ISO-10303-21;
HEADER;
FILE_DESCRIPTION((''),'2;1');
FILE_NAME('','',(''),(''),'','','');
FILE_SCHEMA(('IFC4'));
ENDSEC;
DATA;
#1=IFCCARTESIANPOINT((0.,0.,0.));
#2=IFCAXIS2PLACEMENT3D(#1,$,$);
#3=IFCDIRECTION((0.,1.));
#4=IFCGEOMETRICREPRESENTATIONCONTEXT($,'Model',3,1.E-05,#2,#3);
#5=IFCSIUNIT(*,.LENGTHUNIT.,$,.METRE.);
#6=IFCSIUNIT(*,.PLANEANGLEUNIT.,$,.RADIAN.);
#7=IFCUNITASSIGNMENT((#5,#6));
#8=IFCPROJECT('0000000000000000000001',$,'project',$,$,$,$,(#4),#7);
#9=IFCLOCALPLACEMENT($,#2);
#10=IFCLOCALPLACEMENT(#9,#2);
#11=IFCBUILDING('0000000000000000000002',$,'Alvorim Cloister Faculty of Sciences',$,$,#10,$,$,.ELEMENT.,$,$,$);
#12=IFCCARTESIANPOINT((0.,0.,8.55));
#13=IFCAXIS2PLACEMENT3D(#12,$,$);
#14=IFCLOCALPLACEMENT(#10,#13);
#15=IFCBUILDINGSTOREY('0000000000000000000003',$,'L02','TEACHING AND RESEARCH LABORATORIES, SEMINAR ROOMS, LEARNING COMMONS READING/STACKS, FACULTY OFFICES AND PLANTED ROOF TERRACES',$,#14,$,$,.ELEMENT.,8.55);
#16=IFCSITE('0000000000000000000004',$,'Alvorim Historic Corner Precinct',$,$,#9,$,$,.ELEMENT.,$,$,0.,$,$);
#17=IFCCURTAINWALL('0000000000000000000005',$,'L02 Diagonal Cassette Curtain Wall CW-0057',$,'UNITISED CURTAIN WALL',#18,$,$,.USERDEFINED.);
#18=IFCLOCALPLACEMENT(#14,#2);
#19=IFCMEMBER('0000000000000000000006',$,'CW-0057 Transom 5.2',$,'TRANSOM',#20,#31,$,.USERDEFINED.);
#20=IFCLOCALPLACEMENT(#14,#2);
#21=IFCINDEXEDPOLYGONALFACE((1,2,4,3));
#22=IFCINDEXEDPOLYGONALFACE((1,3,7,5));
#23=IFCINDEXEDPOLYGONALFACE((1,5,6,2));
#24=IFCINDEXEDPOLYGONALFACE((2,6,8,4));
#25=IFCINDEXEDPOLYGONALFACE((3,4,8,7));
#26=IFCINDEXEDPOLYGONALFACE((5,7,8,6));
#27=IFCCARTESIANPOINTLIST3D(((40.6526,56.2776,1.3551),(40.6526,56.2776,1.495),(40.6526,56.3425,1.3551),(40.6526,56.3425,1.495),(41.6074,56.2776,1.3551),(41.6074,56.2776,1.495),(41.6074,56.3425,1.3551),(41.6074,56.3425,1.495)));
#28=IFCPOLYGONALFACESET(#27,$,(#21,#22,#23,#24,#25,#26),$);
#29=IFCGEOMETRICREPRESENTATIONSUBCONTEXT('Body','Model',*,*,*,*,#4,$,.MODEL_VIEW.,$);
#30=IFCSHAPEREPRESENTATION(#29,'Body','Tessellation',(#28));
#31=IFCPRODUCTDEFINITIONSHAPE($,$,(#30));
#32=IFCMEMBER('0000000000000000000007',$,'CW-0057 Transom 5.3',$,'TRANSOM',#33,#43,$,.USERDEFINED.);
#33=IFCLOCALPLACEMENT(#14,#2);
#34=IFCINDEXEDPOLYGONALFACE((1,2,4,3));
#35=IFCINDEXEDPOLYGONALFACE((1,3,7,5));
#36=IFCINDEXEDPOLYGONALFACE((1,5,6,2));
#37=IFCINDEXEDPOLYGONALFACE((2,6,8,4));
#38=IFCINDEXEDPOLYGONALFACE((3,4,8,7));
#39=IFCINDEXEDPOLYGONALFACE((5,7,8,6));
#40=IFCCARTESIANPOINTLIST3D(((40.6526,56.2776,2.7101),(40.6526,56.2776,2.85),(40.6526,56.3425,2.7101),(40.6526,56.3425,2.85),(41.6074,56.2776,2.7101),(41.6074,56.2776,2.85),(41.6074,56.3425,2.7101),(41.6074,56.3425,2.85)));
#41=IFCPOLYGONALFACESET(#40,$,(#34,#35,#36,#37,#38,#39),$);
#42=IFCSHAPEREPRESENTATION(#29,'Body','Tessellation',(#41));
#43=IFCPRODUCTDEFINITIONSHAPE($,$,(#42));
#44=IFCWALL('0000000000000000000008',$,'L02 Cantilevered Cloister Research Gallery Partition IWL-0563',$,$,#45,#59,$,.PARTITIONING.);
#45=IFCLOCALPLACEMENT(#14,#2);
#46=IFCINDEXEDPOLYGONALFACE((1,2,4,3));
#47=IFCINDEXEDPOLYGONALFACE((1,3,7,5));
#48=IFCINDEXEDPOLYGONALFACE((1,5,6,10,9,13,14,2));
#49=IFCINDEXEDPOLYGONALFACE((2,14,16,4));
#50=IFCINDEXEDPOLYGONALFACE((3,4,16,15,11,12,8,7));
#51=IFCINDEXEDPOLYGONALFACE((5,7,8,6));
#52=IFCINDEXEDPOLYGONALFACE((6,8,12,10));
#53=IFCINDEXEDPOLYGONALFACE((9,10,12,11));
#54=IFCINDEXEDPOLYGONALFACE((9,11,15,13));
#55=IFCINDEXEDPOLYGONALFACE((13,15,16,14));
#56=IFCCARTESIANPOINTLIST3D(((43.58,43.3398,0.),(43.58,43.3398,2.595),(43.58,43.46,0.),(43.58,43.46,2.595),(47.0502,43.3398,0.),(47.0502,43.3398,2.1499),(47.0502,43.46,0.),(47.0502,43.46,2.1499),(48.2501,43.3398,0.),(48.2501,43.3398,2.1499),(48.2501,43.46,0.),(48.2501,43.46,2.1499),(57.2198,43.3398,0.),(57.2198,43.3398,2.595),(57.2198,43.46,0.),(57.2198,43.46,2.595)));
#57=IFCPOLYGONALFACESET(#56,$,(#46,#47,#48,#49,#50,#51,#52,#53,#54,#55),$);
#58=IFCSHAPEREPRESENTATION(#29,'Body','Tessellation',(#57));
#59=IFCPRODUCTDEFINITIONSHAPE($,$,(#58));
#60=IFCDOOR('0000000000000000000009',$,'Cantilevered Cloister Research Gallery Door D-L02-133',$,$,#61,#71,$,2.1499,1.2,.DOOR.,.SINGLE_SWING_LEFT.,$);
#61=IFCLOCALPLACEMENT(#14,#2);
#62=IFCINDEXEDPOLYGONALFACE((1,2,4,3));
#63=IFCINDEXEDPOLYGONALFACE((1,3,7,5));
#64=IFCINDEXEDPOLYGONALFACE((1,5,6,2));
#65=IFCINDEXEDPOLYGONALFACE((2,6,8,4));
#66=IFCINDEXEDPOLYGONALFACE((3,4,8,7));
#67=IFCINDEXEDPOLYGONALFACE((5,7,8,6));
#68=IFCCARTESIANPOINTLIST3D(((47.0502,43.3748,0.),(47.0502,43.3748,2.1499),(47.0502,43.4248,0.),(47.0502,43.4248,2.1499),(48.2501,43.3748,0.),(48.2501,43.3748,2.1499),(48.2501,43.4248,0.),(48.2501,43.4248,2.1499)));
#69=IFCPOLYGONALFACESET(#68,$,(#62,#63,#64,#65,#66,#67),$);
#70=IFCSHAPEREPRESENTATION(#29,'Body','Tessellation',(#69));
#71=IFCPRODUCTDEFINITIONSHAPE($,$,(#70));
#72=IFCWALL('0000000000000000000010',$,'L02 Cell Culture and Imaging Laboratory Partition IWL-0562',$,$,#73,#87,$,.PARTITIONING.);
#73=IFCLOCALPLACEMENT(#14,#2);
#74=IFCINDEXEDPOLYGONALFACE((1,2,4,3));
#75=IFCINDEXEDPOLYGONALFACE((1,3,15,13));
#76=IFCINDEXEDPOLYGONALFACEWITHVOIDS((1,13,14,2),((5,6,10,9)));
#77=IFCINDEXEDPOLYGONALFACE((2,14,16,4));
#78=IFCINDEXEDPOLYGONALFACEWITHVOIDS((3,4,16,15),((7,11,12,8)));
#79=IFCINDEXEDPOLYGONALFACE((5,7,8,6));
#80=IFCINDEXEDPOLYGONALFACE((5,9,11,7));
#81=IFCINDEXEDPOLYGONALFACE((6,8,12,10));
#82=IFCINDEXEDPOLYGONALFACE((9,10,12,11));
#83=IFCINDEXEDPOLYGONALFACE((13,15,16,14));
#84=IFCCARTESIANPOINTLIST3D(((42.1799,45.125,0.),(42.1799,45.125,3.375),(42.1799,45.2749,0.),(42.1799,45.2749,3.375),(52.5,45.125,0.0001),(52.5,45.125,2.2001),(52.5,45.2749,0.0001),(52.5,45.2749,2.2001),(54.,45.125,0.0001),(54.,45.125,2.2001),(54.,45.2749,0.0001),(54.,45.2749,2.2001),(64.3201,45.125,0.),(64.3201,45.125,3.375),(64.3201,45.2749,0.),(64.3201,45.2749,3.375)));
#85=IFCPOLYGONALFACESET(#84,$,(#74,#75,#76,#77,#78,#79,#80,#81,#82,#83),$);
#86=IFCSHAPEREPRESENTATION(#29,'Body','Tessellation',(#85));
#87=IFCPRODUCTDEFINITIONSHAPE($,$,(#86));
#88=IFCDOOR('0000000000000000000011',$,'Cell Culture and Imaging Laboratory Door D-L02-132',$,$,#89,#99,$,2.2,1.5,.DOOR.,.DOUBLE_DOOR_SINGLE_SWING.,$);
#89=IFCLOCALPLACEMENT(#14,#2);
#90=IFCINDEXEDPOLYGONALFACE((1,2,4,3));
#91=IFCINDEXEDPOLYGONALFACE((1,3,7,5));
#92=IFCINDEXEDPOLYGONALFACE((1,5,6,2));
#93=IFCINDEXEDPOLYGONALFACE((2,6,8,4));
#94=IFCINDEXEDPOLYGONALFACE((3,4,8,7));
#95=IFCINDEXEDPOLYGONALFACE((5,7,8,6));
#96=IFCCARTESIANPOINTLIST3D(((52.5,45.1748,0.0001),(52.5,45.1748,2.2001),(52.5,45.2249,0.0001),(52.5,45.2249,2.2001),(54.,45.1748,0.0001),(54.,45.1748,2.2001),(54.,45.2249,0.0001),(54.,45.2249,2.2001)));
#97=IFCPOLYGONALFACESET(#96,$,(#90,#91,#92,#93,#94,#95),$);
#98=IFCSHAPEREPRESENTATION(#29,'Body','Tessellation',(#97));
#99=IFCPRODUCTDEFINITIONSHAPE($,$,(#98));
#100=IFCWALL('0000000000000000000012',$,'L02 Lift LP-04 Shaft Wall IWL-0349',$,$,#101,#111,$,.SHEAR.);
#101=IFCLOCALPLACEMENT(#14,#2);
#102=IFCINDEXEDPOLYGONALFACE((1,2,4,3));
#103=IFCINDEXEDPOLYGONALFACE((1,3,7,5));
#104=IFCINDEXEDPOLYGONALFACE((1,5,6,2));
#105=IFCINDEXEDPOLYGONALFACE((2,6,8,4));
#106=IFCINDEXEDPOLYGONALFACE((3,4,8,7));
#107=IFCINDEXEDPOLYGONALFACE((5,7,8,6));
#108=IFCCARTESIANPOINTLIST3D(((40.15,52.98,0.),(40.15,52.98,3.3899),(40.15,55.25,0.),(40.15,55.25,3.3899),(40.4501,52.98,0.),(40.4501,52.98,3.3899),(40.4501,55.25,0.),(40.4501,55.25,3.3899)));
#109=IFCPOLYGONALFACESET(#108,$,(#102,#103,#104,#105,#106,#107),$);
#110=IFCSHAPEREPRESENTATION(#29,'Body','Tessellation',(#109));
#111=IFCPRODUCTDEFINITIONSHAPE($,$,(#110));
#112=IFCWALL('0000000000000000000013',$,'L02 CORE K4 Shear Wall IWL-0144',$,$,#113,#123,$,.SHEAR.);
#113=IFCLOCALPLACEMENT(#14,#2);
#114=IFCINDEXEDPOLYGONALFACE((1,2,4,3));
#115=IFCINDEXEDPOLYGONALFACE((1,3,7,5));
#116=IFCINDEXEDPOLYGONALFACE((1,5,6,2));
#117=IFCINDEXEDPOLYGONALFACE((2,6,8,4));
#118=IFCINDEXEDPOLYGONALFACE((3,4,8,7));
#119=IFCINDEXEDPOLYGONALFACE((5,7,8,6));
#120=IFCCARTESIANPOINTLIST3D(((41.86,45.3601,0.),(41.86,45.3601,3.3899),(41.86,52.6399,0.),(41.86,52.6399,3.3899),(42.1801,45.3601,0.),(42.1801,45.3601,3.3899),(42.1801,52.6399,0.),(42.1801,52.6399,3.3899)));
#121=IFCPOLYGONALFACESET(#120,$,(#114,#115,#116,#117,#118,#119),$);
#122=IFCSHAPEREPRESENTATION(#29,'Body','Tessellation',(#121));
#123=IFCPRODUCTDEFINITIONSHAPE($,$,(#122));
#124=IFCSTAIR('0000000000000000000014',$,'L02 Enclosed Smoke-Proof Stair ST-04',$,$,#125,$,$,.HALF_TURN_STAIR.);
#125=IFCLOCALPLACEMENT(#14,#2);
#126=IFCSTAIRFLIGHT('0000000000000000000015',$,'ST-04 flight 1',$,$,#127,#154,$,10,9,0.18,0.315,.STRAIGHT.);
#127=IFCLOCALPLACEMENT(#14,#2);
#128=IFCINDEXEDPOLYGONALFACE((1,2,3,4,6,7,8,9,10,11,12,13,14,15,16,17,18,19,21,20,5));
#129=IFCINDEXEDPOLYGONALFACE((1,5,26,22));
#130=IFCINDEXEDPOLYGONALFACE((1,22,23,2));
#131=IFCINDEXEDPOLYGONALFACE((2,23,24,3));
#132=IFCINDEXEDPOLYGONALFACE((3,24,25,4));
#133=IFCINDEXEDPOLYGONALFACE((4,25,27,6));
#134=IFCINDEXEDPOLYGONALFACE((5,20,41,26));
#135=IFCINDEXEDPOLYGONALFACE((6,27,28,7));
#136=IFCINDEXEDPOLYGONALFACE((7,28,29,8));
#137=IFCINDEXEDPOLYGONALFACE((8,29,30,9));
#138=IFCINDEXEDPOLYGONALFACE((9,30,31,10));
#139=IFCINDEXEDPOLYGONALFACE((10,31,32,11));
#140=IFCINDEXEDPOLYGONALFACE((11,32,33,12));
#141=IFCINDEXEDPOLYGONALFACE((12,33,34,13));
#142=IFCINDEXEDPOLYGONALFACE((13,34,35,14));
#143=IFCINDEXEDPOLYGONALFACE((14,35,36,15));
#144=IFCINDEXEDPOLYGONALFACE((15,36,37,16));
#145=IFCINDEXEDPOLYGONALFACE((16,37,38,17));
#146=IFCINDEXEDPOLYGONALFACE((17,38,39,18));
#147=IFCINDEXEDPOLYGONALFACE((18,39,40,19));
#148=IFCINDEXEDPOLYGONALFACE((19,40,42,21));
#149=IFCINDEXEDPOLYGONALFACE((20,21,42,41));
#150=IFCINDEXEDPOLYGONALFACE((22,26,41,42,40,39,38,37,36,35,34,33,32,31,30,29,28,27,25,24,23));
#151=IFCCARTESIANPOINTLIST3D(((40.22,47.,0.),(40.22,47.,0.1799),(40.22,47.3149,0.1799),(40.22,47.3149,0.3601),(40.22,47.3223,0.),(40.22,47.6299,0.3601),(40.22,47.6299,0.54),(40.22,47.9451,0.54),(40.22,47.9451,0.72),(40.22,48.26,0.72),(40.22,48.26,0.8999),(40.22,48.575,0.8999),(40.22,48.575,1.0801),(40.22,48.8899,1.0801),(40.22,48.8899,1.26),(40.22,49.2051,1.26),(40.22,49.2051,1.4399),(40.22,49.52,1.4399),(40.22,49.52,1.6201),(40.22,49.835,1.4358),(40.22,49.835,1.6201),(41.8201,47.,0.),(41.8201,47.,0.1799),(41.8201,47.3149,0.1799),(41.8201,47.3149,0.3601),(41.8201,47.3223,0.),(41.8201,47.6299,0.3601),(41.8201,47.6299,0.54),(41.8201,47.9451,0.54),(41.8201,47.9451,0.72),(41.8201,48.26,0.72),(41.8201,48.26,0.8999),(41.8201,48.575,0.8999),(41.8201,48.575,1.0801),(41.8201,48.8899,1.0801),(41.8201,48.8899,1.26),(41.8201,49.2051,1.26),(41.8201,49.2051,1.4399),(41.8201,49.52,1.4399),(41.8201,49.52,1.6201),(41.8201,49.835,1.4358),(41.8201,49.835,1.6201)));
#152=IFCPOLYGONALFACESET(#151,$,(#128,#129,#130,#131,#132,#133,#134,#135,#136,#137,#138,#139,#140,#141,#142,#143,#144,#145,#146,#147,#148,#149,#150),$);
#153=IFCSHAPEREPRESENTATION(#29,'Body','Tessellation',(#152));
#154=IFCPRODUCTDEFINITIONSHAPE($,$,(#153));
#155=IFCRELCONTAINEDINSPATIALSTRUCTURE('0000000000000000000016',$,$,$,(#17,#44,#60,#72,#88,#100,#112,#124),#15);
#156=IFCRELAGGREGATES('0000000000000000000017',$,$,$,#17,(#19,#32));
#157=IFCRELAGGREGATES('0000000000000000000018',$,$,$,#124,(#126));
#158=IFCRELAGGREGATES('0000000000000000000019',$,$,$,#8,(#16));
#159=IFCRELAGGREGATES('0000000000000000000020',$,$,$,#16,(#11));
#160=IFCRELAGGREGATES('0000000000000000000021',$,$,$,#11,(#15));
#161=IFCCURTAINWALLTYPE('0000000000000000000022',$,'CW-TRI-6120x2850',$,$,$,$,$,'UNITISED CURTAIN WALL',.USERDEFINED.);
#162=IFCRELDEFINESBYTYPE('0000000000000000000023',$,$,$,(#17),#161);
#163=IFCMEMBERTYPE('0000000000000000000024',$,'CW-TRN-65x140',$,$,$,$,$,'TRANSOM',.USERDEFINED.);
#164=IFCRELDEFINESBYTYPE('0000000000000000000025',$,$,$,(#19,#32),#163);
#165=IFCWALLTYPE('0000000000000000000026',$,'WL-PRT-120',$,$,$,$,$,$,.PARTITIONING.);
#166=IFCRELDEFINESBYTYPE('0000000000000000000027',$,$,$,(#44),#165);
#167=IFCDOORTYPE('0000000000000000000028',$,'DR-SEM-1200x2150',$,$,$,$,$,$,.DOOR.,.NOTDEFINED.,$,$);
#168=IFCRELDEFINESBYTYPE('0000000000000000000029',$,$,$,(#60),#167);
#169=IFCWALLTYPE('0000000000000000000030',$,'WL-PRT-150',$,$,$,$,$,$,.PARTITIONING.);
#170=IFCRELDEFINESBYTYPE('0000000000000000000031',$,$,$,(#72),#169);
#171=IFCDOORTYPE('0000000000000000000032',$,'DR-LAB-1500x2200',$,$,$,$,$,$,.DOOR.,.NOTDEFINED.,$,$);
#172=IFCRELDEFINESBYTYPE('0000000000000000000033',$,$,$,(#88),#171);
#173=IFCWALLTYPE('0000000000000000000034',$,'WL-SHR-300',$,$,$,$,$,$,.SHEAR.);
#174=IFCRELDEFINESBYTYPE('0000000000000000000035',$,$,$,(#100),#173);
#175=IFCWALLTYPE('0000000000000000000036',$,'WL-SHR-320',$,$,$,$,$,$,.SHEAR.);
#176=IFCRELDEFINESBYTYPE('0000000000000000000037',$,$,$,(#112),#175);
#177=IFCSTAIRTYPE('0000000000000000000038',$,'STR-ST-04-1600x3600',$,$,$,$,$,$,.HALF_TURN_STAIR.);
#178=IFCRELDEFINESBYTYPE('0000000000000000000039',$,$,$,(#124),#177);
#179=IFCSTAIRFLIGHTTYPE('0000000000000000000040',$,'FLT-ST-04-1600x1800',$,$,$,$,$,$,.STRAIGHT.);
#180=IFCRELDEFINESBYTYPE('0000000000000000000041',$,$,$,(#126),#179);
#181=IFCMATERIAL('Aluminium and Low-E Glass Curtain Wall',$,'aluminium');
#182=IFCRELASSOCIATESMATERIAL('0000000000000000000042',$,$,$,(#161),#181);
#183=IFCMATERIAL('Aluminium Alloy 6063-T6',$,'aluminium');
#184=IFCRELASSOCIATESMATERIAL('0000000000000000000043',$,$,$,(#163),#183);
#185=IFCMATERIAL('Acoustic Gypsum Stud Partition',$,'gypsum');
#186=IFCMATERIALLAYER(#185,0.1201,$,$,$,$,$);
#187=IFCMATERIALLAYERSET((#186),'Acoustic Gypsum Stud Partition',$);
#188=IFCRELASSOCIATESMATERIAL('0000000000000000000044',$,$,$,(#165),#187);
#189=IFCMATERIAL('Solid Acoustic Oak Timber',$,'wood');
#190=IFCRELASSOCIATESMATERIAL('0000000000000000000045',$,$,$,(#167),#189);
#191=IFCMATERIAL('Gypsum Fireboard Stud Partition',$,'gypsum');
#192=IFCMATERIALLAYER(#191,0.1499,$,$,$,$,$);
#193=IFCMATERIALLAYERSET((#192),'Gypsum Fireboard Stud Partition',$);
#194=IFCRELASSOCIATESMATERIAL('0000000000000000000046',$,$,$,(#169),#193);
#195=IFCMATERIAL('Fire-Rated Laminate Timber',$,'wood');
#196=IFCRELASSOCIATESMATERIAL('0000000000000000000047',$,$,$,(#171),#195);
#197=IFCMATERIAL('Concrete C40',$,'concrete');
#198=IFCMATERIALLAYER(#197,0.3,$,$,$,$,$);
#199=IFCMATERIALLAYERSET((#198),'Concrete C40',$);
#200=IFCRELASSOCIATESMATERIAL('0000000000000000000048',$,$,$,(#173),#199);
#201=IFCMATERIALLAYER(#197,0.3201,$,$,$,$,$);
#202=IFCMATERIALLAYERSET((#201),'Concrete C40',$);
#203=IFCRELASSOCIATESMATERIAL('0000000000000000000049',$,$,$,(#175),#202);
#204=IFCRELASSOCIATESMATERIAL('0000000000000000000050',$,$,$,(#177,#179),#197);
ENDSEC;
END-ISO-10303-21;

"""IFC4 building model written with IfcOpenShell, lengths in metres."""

from ifc_helpers import new_model, si_unit, direction, frame, frame_2d, origin, origin_2d, place, context, subcontext, project, spatial, polyline, rectangle, outline, extrude, material, layer, layer_set, material_profile, profile_set, type_object, element, fill, aggregate, save


model = new_model("IFC4")

# Units and contexts
model_context = context("Model", 3, precision=1e-05, world=origin(), true_north=direction((0.0, 1.0)))
body_context = subcontext(model_context, "Body", "Model", "MODEL_VIEW")
ifc_project = project(units=[si_unit("LENGTHUNIT", "METRE"), si_unit("PLANEANGLEUNIT", "RADIAN")], contexts=[model_context])

# Site, building, storey
site_placement = place(None, origin())
site = spatial("IfcSite", under=ifc_project, at=site_placement, Name="Alvorim Historic Corner Precinct", CompositionType="ELEMENT", RefElevation=0.0)
building_placement = place(site_placement, origin())
building = spatial("IfcBuilding", under=site, at=building_placement, Name="Alvorim Cloister Faculty of Sciences", CompositionType="ELEMENT")
storey_placement = place(building_placement, frame((0.0, 0.0, 8.55)))
storey = spatial("IfcBuildingStorey", under=building, at=storey_placement, Name="L02", Description="TEACHING AND RESEARCH LABORATORIES, SEMINAR ROOMS, LEARNING COMMONS READING/STACKS, FACULTY OFFICES AND PLANTED ROOF TERRACES", CompositionType="ELEMENT", Elevation=8.55)

# Curtain wall, members
ifc_material_1 = material(Name="Aluminium and Low-E Glass Curtain Wall", Category="aluminium")
curtain_wall_type = type_object("IfcCurtainWallType", Name="CW-TRI-6120x2850", ElementType="UNITISED CURTAIN WALL", PredefinedType="USERDEFINED", material=ifc_material_1)
curtain_wall_placement = place(storey_placement, origin())
curtain_wall = element("IfcCurtainWall", 1, at=curtain_wall_placement, inside=storey, type_object=curtain_wall_type, Name="L02 Diagonal Cassette Curtain Wall CW-0057", ObjectType="UNITISED CURTAIN WALL", PredefinedType="USERDEFINED")
ifc_material_2 = material(Name="Aluminium Alloy 6063-T6", Category="aluminium")
ifc_material_profile_1 = material_profile(ifc_material_2, rectangle(XDim=0.0649, YDim=0.1399, at=origin_2d()), Name="ALU-TRN-65x140")
ifc_profile_set_1 = profile_set([ifc_material_profile_1], Name="Aluminium Alloy 6063-T6")
member_type_1 = type_object("IfcMemberType", Name="CW-TRN-65x140", ElementType="TRANSOM", PredefinedType="USERDEFINED", material=ifc_profile_set_1)
member_1_placement = place(storey_placement, frame((40.6526, 56.3101, 1.425), z_axis=(1.0, 0.0, 0.0), x_axis=(0.0, 1.0, 0.0)))
member_1 = element("IfcMember", 2, at=member_1_placement, type_object=member_type_1, Name="CW-0057 Transom 5.2", ObjectType="TRANSOM", PredefinedType="USERDEFINED", context=body_context, shape_type="SweptSolid", body=[
    extrude(rectangle(XDim=0.0649, YDim=0.1399, at=origin_2d()), origin(), (0.0, 0.0, 1.0), 0.9548),
])
member_2_placement = place(storey_placement, frame((40.6526, 56.3101, 2.78), z_axis=(1.0, 0.0, 0.0), x_axis=(0.0, 1.0, 0.0)))
member_2 = element("IfcMember", 3, at=member_2_placement, type_object=member_type_1, Name="CW-0057 Transom 5.3", ObjectType="TRANSOM", PredefinedType="USERDEFINED", context=body_context, shape_type="SweptSolid", body=[
    extrude(rectangle(XDim=0.0649, YDim=0.1399, at=origin_2d()), origin(), (0.0, 0.0, 1.0), 0.9548),
])
aggregate(curtain_wall, [member_1, member_2])

# Walls, openings, doors
ifc_material_3 = material(Name="Acoustic Gypsum Stud Partition", Category="gypsum")
ifc_layer_1 = layer(ifc_material_3, 0.1201)
ifc_layer_set_1 = layer_set([ifc_layer_1], Name="Acoustic Gypsum Stud Partition")
wall_type_1 = type_object("IfcWallType", Name="WL-PRT-120", PredefinedType="PARTITIONING", material=ifc_layer_set_1)
wall_1_placement = place(storey_placement, frame((43.5801, 43.3999, 0.0), z_axis=(0.0, 0.0, 1.0), x_axis=(1.0, 0.0, 0.0)))
wall_1 = element("IfcWall", 4, at=wall_1_placement, inside=storey, type_object=wall_type_1, Name="L02 Cantilevered Cloister Research Gallery Partition IWL-0563", PredefinedType="PARTITIONING", context=body_context, shape_type="SweptSolid", body=[
    extrude(rectangle(XDim=13.6399, YDim=0.1201, at=frame_2d((6.8198, 0.0))), origin(), (0.0, 0.0, 1.0), 2.595),
])
opening_1_placement = place(wall_1_placement, frame((3.47, 0.0, 0.0)))
opening_1 = element("IfcOpeningElement", 5, at=opening_1_placement, cuts=wall_1, PredefinedType="OPENING", context=body_context, shape_type="SweptSolid", body=[
    extrude(rectangle(XDim=1.2, YDim=2.1499, at=frame_2d((0.6001, 1.075))), frame((0.0, 0.072, 0.0), z_axis=(0.0, -1.0, 0.0), x_axis=(1.0, 0.0, 0.0)), (0.0, 0.0, 1.0), 0.144),
])
ifc_material_4 = material(Name="Solid Acoustic Oak Timber", Category="wood")
door_type_1 = type_object("IfcDoorType", Name="DR-SEM-1200x2150", OperationType="NOTDEFINED", PredefinedType="DOOR", material=ifc_material_4)
door_1_placement = place(opening_1_placement, origin())
door_1 = element("IfcDoor", 6, at=door_1_placement, inside=storey, type_object=door_type_1, Name="Cantilevered Cloister Research Gallery Door D-L02-133", OperationType="SINGLE_SWING_LEFT", OverallHeight=2.1499, OverallWidth=1.2, PredefinedType="DOOR", context=body_context, shape_type="SweptSolid", body=[
    extrude(rectangle(XDim=1.2, YDim=2.1499, at=frame_2d((0.6001, 1.075))), frame((0.0, 0.0249, 0.0), z_axis=(0.0, -1.0, 0.0), x_axis=(1.0, 0.0, 0.0)), (0.0, 0.0, 1.0), 0.05),
])
fill(opening_1, door_1)
ifc_material_5 = material(Name="Gypsum Fireboard Stud Partition", Category="gypsum")
ifc_layer_2 = layer(ifc_material_5, 0.1499)
ifc_layer_set_2 = layer_set([ifc_layer_2], Name="Gypsum Fireboard Stud Partition")
wall_type_2 = type_object("IfcWallType", Name="WL-PRT-150", PredefinedType="PARTITIONING", material=ifc_layer_set_2)
wall_2_placement = place(storey_placement, frame((42.1799, 45.2, 0.0), z_axis=(0.0, 0.0, 1.0), x_axis=(1.0, 0.0, 0.0)))
wall_2 = element("IfcWall", 7, at=wall_2_placement, inside=storey, type_object=wall_type_2, Name="L02 Cell Culture and Imaging Laboratory Partition IWL-0562", PredefinedType="PARTITIONING", context=body_context, shape_type="SweptSolid", body=[
    extrude(rectangle(XDim=22.1401, YDim=0.1499, at=frame_2d((11.0701, 0.0))), origin(), (0.0, 0.0, 1.0), 3.375),
])
opening_2_placement = place(wall_2_placement, frame((10.3201, 0.0, 0.0)))
opening_2 = element("IfcOpeningElement", 8, at=opening_2_placement, cuts=wall_2, PredefinedType="OPENING", context=body_context, shape_type="SweptSolid", body=[
    extrude(rectangle(XDim=1.5, YDim=2.2, at=frame_2d((0.75, 1.1001))), frame((0.0, 0.0869, 0.0), z_axis=(0.0, -1.0, 0.0), x_axis=(1.0, 0.0, 0.0)), (0.0, 0.0, 1.0), 0.1738),
])
ifc_material_6 = material(Name="Fire-Rated Laminate Timber", Category="wood")
door_type_2 = type_object("IfcDoorType", Name="DR-LAB-1500x2200", OperationType="NOTDEFINED", PredefinedType="DOOR", material=ifc_material_6)
door_2_placement = place(opening_2_placement, origin())
door_2 = element("IfcDoor", 9, at=door_2_placement, inside=storey, type_object=door_type_2, Name="Cell Culture and Imaging Laboratory Door D-L02-132", OperationType="DOUBLE_DOOR_SINGLE_SWING", OverallHeight=2.2, OverallWidth=1.5, PredefinedType="DOOR", context=body_context, shape_type="SweptSolid", body=[
    extrude(rectangle(XDim=1.5, YDim=2.2, at=frame_2d((0.75, 1.1001))), frame((0.0, 0.0249, 0.0), z_axis=(0.0, -1.0, 0.0), x_axis=(1.0, 0.0, 0.0)), (0.0, 0.0, 1.0), 0.05),
])
fill(opening_2, door_2)

# Walls
ifc_material_7 = material(Name="Concrete C40", Category="concrete")
ifc_layer_3 = layer(ifc_material_7, 0.3)
ifc_layer_set_3 = layer_set([ifc_layer_3], Name="Concrete C40")
wall_type_3 = type_object("IfcWallType", Name="WL-SHR-300", PredefinedType="SHEAR", material=ifc_layer_set_3)
wall_3_placement = place(storey_placement, frame((40.3, 52.98, 0.0), z_axis=(0.0, 0.0, 1.0), x_axis=(0.0, 1.0, 0.0)))
element("IfcWall", 10, at=wall_3_placement, inside=storey, type_object=wall_type_3, Name="L02 Lift LP-04 Shaft Wall IWL-0349", PredefinedType="SHEAR", context=body_context, shape_type="SweptSolid", body=[
    extrude(rectangle(XDim=2.27, YDim=0.3, at=frame_2d((1.135, 0.0))), origin(), (0.0, 0.0, 1.0), 3.3899),
])
ifc_layer_4 = layer(ifc_material_7, 0.3201)
ifc_layer_set_4 = layer_set([ifc_layer_4], Name="Concrete C40")
wall_type_4 = type_object("IfcWallType", Name="WL-SHR-320", PredefinedType="SHEAR", material=ifc_layer_set_4)
wall_4_placement = place(storey_placement, frame((42.02, 45.3601, 0.0), z_axis=(0.0, 0.0, 1.0), x_axis=(0.0, 1.0, 0.0)))
element("IfcWall", 11, at=wall_4_placement, inside=storey, type_object=wall_type_4, Name="L02 CORE K4 Shear Wall IWL-0144", PredefinedType="SHEAR", context=body_context, shape_type="SweptSolid", body=[
    extrude(rectangle(XDim=7.2798, YDim=0.3201, at=frame_2d((3.6399, 0.0))), origin(), (0.0, 0.0, 1.0), 3.3899),
])

# Stair, stair flight
stair_type = type_object("IfcStairType", Name="STR-ST-04-1600x3600", PredefinedType="HALF_TURN_STAIR", material=ifc_material_7)
stair_placement = place(storey_placement, origin())
stair = element("IfcStair", 12, at=stair_placement, inside=storey, type_object=stair_type, Name="L02 Enclosed Smoke-Proof Stair ST-04", PredefinedType="HALF_TURN_STAIR")
stair_flight_type = type_object("IfcStairFlightType", Name="FLT-ST-04-1600x1800", PredefinedType="STRAIGHT", material=ifc_material_7)
stair_flight_placement = place(storey_placement, frame((41.02, 47.0, 0.0), z_axis=(0.0, 0.0, 1.0), x_axis=(0.0, 1.0, 0.0)))
stair_flight = element("IfcStairFlight", 13, at=stair_flight_placement, type_object=stair_flight_type, Name="ST-04 flight 1", NumberOfRisers=10, NumberOfTreads=9, PredefinedType="STRAIGHT", RiserHeight=0.18, TreadLength=0.315, context=body_context, shape_type="SweptSolid", body=[
    extrude(outline(polyline([(0.3223, 0.0), (2.835, 1.4358), (2.835, 1.8), (2.835, 1.6201), (2.52, 1.6201), (2.52, 1.4399), (2.2051, 1.4399), (2.2051, 1.26), (1.8899, 1.26), (1.8899, 1.0801), (1.575, 1.0801), (1.575, 0.8999), (1.26, 0.8999), (1.26, 0.72), (0.9451, 0.72), (0.9451, 0.54), (0.6299, 0.54), (0.6299, 0.3601), (0.3149, 0.3601), (0.3149, 0.1799), (0.0, 0.1799), (0.0, 0.0), (0.3223, 0.0)])), frame((0.0, 0.8, 0.0), z_axis=(0.0, -1.0, 0.0), x_axis=(1.0, 0.0, 0.0)), (0.0, 0.0, 1.0), 1.6001),
])
aggregate(stair, [stair_flight])

save(model, "model.ifc")
